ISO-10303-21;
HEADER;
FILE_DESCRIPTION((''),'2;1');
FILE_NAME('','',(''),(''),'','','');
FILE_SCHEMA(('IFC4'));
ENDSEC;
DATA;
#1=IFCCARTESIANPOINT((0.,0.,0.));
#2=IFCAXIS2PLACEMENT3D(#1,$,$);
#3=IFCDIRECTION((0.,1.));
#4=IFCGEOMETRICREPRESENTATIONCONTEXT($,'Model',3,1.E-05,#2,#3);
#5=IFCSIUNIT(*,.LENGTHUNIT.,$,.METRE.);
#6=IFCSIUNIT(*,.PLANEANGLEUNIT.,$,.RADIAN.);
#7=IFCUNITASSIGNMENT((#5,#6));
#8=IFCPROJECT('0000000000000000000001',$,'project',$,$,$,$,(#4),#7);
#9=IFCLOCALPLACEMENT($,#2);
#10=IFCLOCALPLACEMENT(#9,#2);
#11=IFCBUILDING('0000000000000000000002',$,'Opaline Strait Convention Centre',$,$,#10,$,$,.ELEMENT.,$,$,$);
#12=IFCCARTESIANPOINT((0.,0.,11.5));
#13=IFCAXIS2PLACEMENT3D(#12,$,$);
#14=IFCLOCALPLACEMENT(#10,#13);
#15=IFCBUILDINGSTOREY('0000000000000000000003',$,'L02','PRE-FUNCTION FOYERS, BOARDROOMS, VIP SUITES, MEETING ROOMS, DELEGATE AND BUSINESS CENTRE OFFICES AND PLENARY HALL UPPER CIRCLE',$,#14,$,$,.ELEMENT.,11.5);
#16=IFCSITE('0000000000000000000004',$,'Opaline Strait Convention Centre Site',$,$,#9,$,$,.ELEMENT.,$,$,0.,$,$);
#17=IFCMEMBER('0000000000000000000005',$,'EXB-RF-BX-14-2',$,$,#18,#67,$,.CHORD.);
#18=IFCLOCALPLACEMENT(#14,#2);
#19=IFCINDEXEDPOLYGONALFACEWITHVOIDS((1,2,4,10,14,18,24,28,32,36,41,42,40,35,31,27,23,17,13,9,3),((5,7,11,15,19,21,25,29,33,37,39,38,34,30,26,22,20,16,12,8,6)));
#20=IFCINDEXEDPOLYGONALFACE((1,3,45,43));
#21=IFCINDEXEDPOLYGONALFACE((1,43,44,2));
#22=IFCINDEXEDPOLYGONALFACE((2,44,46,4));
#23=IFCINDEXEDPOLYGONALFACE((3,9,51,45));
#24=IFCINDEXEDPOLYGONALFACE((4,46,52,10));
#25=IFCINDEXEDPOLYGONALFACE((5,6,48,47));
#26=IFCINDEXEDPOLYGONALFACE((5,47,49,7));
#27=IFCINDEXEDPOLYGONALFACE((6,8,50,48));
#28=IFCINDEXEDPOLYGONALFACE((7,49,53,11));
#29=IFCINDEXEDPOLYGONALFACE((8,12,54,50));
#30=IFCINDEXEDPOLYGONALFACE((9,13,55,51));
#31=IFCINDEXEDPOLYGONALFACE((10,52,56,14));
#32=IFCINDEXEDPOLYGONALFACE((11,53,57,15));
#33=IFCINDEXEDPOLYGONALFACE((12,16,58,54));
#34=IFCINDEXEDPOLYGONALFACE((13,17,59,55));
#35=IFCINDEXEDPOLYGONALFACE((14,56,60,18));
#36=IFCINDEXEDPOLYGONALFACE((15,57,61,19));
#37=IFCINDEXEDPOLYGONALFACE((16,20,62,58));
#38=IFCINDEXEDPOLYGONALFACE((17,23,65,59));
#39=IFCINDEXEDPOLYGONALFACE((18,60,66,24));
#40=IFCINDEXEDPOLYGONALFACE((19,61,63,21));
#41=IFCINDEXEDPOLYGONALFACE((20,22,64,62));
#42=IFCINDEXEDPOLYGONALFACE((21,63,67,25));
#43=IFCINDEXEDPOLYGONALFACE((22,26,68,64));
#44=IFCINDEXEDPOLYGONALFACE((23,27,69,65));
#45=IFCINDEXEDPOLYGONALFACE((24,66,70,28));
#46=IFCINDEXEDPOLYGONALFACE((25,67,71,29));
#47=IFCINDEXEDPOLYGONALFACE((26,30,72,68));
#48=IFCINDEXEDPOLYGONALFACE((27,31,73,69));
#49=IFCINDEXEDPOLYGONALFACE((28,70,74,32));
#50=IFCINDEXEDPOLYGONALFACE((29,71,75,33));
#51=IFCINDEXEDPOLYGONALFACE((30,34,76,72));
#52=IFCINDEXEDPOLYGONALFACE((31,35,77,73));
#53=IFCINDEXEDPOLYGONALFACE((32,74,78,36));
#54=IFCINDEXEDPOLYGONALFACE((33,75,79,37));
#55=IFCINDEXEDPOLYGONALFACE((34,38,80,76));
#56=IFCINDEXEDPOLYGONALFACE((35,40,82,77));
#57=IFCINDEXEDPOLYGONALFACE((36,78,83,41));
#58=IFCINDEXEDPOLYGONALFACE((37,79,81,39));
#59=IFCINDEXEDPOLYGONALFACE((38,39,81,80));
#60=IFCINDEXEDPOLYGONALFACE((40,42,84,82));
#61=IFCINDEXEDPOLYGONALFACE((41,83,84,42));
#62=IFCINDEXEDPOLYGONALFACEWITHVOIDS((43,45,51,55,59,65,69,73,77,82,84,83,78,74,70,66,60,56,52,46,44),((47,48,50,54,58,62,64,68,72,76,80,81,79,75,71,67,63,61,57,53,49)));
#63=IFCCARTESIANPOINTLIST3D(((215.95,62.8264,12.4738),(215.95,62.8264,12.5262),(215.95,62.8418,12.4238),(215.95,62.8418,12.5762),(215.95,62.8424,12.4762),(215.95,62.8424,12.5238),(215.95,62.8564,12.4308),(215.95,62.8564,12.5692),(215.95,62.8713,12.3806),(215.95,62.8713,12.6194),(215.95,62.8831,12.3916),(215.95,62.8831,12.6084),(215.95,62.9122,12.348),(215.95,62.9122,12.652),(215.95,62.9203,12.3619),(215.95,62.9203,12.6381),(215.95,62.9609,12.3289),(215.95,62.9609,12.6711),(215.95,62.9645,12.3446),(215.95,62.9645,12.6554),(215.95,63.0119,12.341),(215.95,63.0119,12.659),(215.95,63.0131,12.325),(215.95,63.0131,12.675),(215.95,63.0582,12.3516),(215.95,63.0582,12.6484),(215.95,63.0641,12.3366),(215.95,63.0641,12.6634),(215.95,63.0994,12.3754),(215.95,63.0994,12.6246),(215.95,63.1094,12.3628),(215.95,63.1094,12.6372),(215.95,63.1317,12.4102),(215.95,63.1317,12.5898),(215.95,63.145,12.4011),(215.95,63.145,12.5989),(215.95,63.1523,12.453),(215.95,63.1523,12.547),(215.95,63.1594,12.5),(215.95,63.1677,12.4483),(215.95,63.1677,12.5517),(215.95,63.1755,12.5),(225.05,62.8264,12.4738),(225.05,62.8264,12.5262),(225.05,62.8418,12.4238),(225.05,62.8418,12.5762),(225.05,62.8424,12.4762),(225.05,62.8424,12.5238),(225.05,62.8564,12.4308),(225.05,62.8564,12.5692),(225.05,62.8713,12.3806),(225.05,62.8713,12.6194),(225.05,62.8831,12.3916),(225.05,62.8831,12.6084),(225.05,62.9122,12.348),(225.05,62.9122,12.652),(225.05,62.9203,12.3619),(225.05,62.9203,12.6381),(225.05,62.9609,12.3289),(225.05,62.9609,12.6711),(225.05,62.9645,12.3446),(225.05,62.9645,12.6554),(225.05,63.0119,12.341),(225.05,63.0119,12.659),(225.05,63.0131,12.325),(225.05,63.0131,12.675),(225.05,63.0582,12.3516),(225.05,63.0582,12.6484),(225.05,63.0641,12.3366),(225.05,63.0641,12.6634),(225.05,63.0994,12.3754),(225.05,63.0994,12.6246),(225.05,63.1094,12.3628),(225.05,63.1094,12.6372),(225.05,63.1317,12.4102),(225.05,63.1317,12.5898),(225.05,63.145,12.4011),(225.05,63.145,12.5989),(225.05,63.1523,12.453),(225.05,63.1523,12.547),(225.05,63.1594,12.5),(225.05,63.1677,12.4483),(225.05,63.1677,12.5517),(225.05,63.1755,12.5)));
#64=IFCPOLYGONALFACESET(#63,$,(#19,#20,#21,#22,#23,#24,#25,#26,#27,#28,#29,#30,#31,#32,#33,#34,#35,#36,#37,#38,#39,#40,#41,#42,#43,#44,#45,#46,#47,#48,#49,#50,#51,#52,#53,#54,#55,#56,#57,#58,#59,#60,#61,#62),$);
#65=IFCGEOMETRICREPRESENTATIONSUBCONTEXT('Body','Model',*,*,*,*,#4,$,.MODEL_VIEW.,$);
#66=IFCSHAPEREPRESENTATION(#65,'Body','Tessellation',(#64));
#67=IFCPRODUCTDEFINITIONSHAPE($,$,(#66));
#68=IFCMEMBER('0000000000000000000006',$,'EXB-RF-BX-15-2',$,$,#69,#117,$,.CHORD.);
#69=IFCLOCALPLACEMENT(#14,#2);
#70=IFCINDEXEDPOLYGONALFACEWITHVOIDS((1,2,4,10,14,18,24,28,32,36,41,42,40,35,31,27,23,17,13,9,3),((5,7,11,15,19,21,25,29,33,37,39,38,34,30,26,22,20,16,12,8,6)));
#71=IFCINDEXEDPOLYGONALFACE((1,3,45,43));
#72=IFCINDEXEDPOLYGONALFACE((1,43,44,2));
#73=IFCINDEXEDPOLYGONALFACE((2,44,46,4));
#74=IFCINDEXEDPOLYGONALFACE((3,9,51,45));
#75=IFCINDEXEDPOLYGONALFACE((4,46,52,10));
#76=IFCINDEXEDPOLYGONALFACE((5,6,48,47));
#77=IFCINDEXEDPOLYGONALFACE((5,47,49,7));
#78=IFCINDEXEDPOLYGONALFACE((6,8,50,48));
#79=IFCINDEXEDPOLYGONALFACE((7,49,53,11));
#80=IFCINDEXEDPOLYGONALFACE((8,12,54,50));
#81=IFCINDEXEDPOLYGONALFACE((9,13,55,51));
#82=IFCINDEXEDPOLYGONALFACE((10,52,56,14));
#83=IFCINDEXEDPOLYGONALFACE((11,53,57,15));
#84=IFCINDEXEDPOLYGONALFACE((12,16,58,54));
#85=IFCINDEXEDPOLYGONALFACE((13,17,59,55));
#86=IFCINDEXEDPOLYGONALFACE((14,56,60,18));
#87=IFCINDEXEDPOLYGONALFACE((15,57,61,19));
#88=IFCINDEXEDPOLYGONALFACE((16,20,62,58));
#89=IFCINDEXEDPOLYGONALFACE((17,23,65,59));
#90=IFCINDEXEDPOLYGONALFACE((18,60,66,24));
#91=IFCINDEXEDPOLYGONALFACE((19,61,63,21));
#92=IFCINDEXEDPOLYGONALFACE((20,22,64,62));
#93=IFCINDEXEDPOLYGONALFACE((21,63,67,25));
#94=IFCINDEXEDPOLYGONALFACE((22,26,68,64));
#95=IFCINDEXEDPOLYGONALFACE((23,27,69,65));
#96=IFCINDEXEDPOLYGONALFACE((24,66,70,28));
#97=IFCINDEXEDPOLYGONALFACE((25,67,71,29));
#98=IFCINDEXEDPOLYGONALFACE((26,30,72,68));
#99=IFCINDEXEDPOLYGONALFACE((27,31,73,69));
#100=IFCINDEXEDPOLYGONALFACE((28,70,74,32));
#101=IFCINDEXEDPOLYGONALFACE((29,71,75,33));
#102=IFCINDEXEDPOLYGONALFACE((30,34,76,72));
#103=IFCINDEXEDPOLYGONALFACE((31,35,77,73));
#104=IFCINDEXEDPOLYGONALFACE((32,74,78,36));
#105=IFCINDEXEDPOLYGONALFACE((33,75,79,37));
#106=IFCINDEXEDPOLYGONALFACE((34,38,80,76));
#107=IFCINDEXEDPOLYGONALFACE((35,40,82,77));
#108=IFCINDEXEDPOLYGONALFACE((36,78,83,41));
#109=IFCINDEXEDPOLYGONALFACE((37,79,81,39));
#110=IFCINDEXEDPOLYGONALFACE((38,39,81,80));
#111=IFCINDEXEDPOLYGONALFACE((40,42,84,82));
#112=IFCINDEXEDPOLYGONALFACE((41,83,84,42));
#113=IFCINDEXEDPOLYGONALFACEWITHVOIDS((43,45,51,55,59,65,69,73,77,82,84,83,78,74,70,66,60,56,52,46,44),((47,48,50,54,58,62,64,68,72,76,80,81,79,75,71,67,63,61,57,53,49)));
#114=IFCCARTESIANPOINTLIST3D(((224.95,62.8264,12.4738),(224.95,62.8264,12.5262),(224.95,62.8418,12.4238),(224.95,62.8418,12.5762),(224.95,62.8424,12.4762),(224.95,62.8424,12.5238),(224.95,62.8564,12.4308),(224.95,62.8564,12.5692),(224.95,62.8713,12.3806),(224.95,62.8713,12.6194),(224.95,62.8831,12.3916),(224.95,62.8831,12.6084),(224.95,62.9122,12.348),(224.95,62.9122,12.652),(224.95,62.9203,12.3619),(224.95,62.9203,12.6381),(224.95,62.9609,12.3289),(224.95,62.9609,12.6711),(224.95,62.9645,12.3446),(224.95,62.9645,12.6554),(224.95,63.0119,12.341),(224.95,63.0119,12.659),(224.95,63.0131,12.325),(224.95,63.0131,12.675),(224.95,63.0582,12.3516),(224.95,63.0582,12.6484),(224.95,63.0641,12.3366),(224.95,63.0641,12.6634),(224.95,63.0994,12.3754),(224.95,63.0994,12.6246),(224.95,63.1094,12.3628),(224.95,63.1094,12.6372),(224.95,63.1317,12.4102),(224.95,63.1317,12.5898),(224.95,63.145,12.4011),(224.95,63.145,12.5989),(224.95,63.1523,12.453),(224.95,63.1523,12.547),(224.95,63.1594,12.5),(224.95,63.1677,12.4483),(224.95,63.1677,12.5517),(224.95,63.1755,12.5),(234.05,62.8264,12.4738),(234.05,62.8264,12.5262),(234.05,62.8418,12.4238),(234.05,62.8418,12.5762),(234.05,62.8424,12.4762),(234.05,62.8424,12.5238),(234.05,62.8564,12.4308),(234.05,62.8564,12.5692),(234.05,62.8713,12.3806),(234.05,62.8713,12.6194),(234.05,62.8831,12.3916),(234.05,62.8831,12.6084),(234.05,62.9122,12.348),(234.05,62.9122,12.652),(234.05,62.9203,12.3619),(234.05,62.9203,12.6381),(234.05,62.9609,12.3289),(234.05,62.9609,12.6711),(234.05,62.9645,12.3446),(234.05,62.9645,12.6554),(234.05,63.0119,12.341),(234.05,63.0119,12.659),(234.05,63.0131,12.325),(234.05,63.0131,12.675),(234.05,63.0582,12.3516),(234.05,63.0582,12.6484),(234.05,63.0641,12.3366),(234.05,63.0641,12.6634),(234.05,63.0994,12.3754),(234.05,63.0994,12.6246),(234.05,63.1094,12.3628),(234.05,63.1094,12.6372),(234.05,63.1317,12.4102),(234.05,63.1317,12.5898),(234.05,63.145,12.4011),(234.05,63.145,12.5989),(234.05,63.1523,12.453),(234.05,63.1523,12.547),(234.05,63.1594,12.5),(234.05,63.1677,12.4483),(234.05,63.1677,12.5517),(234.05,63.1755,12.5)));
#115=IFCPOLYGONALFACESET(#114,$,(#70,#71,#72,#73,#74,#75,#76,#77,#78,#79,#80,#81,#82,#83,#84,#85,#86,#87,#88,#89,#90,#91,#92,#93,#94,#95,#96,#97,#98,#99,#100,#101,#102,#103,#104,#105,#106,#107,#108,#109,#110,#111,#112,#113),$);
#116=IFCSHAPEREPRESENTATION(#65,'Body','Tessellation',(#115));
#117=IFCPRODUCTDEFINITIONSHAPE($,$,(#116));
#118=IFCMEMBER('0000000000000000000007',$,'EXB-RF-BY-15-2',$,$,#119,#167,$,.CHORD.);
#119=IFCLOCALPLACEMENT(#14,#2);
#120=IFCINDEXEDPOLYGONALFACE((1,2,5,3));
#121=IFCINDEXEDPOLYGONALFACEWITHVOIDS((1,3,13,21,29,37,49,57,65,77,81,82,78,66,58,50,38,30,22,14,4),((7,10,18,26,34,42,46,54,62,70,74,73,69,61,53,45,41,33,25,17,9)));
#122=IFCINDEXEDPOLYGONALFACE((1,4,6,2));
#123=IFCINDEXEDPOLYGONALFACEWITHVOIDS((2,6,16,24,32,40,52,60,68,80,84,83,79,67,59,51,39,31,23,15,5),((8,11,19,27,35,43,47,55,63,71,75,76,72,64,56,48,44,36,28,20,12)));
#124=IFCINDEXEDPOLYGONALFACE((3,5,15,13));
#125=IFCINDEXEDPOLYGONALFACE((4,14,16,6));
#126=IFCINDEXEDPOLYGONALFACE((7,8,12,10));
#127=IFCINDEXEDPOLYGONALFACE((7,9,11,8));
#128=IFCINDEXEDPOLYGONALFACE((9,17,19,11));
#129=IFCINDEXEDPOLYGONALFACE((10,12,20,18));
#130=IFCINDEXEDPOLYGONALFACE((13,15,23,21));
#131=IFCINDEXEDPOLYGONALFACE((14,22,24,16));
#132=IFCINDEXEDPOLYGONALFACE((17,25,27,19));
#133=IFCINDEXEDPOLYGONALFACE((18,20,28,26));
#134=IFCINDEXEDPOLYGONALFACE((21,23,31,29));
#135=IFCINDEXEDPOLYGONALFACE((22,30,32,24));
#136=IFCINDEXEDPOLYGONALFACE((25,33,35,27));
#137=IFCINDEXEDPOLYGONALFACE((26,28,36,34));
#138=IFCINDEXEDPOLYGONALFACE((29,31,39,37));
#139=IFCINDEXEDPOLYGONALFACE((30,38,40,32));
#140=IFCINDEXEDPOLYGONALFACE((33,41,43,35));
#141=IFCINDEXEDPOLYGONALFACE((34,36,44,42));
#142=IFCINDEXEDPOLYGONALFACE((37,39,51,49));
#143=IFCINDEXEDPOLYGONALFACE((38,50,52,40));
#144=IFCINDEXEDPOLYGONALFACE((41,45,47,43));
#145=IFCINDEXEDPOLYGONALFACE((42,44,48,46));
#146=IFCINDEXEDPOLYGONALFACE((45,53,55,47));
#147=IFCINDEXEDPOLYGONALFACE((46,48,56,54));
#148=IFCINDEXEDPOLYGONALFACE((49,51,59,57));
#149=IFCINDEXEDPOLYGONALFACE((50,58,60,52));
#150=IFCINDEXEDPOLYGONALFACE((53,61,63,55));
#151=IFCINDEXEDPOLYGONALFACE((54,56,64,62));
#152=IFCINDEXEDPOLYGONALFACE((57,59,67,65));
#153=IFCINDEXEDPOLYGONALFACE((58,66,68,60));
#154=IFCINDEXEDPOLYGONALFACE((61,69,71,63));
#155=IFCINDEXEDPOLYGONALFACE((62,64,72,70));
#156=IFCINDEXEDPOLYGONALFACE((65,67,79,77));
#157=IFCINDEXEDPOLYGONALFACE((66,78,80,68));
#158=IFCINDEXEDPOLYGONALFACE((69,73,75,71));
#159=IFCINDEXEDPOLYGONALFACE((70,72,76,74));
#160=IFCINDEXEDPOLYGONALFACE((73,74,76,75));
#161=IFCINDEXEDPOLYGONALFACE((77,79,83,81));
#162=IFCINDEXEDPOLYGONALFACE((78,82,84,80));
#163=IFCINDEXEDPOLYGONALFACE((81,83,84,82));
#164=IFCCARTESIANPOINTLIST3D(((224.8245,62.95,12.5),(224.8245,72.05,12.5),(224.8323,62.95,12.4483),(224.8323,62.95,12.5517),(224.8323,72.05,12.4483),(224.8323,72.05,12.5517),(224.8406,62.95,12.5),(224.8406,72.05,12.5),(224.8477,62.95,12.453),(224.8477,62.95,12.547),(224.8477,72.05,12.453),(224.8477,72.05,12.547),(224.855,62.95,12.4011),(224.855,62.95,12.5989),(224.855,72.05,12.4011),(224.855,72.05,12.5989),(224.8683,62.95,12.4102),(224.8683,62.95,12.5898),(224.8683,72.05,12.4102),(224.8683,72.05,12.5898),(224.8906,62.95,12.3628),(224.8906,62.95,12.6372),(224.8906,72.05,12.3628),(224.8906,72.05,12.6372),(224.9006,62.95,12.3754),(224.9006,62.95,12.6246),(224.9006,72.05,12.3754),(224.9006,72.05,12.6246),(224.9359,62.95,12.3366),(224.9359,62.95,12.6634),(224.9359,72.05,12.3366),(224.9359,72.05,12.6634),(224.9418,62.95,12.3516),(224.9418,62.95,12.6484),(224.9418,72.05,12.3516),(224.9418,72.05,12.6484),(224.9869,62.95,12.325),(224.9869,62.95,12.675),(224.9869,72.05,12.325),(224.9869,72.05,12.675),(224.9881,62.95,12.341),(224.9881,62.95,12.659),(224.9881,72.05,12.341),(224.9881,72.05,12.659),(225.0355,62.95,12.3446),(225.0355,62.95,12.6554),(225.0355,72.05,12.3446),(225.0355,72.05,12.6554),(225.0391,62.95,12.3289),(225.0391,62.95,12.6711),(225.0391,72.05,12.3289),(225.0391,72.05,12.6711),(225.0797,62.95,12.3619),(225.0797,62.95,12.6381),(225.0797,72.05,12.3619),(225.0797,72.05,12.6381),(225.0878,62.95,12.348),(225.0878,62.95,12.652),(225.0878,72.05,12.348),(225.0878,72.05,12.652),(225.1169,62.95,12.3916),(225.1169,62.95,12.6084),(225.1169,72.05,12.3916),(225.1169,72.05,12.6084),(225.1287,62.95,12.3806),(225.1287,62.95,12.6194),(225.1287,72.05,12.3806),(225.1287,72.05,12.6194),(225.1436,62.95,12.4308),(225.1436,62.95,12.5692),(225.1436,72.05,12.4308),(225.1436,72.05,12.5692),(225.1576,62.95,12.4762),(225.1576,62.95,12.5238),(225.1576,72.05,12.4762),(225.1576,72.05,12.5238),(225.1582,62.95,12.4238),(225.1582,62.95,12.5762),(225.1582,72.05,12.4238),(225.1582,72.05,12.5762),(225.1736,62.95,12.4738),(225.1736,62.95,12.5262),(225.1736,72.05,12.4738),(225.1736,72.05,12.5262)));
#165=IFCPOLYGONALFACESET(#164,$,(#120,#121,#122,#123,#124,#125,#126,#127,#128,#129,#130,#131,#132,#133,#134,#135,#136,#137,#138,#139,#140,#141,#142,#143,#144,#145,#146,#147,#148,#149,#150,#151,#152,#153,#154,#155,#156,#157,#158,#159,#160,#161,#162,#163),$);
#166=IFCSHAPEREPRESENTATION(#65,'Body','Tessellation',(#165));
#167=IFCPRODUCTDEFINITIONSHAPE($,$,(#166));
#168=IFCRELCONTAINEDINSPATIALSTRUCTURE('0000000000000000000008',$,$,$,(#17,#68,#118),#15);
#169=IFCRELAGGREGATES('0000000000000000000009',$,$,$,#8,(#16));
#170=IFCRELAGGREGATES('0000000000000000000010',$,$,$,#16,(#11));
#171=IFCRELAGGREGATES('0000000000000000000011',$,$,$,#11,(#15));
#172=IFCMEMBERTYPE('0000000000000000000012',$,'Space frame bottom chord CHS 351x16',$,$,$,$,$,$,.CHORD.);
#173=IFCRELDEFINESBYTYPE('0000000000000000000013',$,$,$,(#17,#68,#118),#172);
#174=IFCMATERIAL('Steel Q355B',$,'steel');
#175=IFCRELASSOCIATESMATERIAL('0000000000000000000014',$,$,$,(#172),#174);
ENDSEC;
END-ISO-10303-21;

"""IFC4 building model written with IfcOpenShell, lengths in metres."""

from ifc_helpers import new_model, si_unit, direction, frame, origin, origin_2d, place, context, subcontext, project, spatial, hollow_circle, extrude, material, material_profile, profile_set, type_object, element, save


model = new_model("IFC4")

# Units and contexts
model_context = context("Model", 3, precision=1e-05, world=origin(), true_north=direction((0.0, 1.0)))
body_context = subcontext(model_context, "Body", "Model", "MODEL_VIEW")
ifc_project = project(units=[si_unit("LENGTHUNIT", "METRE"), si_unit("PLANEANGLEUNIT", "RADIAN")], contexts=[model_context])

# Site, building, storey
site_placement = place(None, origin())
site = spatial("IfcSite", under=ifc_project, at=site_placement, Name="Opaline Strait Convention Centre Site", CompositionType="ELEMENT", RefElevation=0.0)
building_placement = place(site_placement, origin())
building = spatial("IfcBuilding", under=site, at=building_placement, Name="Opaline Strait Convention Centre", CompositionType="ELEMENT")
storey_placement = place(building_placement, frame((0.0, 0.0, 11.5)))
storey = spatial("IfcBuildingStorey", under=building, at=storey_placement, Name="L02", Description="PRE-FUNCTION FOYERS, BOARDROOMS, VIP SUITES, MEETING ROOMS, DELEGATE AND BUSINESS CENTRE OFFICES AND PLENARY HALL UPPER CIRCLE", CompositionType="ELEMENT", Elevation=11.5)

# Members
ifc_material = material(Name="Steel Q355B", Category="steel")
ifc_material_profile_1 = material_profile(ifc_material, hollow_circle(Radius=0.1755, WallThickness=0.0161, at=origin_2d()), Name="CHS 351x16")
ifc_profile_set_1 = profile_set([ifc_material_profile_1], Name="Steel Q355B")
member_type_1 = type_object("IfcMemberType", Name="Space frame bottom chord CHS 351x16", PredefinedType="CHORD", material=ifc_profile_set_1)
for number, where, z_axis, x_axis, name in (
    (1, (215.95, 63.0, 12.5), (1.0, 0.0, 0.0), (0.0, 1.0, 0.0), "EXB-RF-BX-14-2"),
    (2, (224.95, 63.0, 12.5), (1.0, 0.0, 0.0), (0.0, 1.0, 0.0), "EXB-RF-BX-15-2"),
    (3, (225.0, 62.95, 12.5), (0.0, 1.0, 0.0), (-1.0, 0.0, 0.0), "EXB-RF-BY-15-2"),
):
    element("IfcMember", number, at=place(storey_placement, frame(where, z_axis=z_axis, x_axis=x_axis)), inside=storey, type_object=member_type_1, Name=name, PredefinedType="CHORD", context=body_context, shape_type="SweptSolid", body=[
        extrude(hollow_circle(Radius=0.1755, WallThickness=0.0161, at=origin_2d()), origin(), (0.0, 0.0, 1.0), 9.1001),
    ])

save(model, "model.ifc")
